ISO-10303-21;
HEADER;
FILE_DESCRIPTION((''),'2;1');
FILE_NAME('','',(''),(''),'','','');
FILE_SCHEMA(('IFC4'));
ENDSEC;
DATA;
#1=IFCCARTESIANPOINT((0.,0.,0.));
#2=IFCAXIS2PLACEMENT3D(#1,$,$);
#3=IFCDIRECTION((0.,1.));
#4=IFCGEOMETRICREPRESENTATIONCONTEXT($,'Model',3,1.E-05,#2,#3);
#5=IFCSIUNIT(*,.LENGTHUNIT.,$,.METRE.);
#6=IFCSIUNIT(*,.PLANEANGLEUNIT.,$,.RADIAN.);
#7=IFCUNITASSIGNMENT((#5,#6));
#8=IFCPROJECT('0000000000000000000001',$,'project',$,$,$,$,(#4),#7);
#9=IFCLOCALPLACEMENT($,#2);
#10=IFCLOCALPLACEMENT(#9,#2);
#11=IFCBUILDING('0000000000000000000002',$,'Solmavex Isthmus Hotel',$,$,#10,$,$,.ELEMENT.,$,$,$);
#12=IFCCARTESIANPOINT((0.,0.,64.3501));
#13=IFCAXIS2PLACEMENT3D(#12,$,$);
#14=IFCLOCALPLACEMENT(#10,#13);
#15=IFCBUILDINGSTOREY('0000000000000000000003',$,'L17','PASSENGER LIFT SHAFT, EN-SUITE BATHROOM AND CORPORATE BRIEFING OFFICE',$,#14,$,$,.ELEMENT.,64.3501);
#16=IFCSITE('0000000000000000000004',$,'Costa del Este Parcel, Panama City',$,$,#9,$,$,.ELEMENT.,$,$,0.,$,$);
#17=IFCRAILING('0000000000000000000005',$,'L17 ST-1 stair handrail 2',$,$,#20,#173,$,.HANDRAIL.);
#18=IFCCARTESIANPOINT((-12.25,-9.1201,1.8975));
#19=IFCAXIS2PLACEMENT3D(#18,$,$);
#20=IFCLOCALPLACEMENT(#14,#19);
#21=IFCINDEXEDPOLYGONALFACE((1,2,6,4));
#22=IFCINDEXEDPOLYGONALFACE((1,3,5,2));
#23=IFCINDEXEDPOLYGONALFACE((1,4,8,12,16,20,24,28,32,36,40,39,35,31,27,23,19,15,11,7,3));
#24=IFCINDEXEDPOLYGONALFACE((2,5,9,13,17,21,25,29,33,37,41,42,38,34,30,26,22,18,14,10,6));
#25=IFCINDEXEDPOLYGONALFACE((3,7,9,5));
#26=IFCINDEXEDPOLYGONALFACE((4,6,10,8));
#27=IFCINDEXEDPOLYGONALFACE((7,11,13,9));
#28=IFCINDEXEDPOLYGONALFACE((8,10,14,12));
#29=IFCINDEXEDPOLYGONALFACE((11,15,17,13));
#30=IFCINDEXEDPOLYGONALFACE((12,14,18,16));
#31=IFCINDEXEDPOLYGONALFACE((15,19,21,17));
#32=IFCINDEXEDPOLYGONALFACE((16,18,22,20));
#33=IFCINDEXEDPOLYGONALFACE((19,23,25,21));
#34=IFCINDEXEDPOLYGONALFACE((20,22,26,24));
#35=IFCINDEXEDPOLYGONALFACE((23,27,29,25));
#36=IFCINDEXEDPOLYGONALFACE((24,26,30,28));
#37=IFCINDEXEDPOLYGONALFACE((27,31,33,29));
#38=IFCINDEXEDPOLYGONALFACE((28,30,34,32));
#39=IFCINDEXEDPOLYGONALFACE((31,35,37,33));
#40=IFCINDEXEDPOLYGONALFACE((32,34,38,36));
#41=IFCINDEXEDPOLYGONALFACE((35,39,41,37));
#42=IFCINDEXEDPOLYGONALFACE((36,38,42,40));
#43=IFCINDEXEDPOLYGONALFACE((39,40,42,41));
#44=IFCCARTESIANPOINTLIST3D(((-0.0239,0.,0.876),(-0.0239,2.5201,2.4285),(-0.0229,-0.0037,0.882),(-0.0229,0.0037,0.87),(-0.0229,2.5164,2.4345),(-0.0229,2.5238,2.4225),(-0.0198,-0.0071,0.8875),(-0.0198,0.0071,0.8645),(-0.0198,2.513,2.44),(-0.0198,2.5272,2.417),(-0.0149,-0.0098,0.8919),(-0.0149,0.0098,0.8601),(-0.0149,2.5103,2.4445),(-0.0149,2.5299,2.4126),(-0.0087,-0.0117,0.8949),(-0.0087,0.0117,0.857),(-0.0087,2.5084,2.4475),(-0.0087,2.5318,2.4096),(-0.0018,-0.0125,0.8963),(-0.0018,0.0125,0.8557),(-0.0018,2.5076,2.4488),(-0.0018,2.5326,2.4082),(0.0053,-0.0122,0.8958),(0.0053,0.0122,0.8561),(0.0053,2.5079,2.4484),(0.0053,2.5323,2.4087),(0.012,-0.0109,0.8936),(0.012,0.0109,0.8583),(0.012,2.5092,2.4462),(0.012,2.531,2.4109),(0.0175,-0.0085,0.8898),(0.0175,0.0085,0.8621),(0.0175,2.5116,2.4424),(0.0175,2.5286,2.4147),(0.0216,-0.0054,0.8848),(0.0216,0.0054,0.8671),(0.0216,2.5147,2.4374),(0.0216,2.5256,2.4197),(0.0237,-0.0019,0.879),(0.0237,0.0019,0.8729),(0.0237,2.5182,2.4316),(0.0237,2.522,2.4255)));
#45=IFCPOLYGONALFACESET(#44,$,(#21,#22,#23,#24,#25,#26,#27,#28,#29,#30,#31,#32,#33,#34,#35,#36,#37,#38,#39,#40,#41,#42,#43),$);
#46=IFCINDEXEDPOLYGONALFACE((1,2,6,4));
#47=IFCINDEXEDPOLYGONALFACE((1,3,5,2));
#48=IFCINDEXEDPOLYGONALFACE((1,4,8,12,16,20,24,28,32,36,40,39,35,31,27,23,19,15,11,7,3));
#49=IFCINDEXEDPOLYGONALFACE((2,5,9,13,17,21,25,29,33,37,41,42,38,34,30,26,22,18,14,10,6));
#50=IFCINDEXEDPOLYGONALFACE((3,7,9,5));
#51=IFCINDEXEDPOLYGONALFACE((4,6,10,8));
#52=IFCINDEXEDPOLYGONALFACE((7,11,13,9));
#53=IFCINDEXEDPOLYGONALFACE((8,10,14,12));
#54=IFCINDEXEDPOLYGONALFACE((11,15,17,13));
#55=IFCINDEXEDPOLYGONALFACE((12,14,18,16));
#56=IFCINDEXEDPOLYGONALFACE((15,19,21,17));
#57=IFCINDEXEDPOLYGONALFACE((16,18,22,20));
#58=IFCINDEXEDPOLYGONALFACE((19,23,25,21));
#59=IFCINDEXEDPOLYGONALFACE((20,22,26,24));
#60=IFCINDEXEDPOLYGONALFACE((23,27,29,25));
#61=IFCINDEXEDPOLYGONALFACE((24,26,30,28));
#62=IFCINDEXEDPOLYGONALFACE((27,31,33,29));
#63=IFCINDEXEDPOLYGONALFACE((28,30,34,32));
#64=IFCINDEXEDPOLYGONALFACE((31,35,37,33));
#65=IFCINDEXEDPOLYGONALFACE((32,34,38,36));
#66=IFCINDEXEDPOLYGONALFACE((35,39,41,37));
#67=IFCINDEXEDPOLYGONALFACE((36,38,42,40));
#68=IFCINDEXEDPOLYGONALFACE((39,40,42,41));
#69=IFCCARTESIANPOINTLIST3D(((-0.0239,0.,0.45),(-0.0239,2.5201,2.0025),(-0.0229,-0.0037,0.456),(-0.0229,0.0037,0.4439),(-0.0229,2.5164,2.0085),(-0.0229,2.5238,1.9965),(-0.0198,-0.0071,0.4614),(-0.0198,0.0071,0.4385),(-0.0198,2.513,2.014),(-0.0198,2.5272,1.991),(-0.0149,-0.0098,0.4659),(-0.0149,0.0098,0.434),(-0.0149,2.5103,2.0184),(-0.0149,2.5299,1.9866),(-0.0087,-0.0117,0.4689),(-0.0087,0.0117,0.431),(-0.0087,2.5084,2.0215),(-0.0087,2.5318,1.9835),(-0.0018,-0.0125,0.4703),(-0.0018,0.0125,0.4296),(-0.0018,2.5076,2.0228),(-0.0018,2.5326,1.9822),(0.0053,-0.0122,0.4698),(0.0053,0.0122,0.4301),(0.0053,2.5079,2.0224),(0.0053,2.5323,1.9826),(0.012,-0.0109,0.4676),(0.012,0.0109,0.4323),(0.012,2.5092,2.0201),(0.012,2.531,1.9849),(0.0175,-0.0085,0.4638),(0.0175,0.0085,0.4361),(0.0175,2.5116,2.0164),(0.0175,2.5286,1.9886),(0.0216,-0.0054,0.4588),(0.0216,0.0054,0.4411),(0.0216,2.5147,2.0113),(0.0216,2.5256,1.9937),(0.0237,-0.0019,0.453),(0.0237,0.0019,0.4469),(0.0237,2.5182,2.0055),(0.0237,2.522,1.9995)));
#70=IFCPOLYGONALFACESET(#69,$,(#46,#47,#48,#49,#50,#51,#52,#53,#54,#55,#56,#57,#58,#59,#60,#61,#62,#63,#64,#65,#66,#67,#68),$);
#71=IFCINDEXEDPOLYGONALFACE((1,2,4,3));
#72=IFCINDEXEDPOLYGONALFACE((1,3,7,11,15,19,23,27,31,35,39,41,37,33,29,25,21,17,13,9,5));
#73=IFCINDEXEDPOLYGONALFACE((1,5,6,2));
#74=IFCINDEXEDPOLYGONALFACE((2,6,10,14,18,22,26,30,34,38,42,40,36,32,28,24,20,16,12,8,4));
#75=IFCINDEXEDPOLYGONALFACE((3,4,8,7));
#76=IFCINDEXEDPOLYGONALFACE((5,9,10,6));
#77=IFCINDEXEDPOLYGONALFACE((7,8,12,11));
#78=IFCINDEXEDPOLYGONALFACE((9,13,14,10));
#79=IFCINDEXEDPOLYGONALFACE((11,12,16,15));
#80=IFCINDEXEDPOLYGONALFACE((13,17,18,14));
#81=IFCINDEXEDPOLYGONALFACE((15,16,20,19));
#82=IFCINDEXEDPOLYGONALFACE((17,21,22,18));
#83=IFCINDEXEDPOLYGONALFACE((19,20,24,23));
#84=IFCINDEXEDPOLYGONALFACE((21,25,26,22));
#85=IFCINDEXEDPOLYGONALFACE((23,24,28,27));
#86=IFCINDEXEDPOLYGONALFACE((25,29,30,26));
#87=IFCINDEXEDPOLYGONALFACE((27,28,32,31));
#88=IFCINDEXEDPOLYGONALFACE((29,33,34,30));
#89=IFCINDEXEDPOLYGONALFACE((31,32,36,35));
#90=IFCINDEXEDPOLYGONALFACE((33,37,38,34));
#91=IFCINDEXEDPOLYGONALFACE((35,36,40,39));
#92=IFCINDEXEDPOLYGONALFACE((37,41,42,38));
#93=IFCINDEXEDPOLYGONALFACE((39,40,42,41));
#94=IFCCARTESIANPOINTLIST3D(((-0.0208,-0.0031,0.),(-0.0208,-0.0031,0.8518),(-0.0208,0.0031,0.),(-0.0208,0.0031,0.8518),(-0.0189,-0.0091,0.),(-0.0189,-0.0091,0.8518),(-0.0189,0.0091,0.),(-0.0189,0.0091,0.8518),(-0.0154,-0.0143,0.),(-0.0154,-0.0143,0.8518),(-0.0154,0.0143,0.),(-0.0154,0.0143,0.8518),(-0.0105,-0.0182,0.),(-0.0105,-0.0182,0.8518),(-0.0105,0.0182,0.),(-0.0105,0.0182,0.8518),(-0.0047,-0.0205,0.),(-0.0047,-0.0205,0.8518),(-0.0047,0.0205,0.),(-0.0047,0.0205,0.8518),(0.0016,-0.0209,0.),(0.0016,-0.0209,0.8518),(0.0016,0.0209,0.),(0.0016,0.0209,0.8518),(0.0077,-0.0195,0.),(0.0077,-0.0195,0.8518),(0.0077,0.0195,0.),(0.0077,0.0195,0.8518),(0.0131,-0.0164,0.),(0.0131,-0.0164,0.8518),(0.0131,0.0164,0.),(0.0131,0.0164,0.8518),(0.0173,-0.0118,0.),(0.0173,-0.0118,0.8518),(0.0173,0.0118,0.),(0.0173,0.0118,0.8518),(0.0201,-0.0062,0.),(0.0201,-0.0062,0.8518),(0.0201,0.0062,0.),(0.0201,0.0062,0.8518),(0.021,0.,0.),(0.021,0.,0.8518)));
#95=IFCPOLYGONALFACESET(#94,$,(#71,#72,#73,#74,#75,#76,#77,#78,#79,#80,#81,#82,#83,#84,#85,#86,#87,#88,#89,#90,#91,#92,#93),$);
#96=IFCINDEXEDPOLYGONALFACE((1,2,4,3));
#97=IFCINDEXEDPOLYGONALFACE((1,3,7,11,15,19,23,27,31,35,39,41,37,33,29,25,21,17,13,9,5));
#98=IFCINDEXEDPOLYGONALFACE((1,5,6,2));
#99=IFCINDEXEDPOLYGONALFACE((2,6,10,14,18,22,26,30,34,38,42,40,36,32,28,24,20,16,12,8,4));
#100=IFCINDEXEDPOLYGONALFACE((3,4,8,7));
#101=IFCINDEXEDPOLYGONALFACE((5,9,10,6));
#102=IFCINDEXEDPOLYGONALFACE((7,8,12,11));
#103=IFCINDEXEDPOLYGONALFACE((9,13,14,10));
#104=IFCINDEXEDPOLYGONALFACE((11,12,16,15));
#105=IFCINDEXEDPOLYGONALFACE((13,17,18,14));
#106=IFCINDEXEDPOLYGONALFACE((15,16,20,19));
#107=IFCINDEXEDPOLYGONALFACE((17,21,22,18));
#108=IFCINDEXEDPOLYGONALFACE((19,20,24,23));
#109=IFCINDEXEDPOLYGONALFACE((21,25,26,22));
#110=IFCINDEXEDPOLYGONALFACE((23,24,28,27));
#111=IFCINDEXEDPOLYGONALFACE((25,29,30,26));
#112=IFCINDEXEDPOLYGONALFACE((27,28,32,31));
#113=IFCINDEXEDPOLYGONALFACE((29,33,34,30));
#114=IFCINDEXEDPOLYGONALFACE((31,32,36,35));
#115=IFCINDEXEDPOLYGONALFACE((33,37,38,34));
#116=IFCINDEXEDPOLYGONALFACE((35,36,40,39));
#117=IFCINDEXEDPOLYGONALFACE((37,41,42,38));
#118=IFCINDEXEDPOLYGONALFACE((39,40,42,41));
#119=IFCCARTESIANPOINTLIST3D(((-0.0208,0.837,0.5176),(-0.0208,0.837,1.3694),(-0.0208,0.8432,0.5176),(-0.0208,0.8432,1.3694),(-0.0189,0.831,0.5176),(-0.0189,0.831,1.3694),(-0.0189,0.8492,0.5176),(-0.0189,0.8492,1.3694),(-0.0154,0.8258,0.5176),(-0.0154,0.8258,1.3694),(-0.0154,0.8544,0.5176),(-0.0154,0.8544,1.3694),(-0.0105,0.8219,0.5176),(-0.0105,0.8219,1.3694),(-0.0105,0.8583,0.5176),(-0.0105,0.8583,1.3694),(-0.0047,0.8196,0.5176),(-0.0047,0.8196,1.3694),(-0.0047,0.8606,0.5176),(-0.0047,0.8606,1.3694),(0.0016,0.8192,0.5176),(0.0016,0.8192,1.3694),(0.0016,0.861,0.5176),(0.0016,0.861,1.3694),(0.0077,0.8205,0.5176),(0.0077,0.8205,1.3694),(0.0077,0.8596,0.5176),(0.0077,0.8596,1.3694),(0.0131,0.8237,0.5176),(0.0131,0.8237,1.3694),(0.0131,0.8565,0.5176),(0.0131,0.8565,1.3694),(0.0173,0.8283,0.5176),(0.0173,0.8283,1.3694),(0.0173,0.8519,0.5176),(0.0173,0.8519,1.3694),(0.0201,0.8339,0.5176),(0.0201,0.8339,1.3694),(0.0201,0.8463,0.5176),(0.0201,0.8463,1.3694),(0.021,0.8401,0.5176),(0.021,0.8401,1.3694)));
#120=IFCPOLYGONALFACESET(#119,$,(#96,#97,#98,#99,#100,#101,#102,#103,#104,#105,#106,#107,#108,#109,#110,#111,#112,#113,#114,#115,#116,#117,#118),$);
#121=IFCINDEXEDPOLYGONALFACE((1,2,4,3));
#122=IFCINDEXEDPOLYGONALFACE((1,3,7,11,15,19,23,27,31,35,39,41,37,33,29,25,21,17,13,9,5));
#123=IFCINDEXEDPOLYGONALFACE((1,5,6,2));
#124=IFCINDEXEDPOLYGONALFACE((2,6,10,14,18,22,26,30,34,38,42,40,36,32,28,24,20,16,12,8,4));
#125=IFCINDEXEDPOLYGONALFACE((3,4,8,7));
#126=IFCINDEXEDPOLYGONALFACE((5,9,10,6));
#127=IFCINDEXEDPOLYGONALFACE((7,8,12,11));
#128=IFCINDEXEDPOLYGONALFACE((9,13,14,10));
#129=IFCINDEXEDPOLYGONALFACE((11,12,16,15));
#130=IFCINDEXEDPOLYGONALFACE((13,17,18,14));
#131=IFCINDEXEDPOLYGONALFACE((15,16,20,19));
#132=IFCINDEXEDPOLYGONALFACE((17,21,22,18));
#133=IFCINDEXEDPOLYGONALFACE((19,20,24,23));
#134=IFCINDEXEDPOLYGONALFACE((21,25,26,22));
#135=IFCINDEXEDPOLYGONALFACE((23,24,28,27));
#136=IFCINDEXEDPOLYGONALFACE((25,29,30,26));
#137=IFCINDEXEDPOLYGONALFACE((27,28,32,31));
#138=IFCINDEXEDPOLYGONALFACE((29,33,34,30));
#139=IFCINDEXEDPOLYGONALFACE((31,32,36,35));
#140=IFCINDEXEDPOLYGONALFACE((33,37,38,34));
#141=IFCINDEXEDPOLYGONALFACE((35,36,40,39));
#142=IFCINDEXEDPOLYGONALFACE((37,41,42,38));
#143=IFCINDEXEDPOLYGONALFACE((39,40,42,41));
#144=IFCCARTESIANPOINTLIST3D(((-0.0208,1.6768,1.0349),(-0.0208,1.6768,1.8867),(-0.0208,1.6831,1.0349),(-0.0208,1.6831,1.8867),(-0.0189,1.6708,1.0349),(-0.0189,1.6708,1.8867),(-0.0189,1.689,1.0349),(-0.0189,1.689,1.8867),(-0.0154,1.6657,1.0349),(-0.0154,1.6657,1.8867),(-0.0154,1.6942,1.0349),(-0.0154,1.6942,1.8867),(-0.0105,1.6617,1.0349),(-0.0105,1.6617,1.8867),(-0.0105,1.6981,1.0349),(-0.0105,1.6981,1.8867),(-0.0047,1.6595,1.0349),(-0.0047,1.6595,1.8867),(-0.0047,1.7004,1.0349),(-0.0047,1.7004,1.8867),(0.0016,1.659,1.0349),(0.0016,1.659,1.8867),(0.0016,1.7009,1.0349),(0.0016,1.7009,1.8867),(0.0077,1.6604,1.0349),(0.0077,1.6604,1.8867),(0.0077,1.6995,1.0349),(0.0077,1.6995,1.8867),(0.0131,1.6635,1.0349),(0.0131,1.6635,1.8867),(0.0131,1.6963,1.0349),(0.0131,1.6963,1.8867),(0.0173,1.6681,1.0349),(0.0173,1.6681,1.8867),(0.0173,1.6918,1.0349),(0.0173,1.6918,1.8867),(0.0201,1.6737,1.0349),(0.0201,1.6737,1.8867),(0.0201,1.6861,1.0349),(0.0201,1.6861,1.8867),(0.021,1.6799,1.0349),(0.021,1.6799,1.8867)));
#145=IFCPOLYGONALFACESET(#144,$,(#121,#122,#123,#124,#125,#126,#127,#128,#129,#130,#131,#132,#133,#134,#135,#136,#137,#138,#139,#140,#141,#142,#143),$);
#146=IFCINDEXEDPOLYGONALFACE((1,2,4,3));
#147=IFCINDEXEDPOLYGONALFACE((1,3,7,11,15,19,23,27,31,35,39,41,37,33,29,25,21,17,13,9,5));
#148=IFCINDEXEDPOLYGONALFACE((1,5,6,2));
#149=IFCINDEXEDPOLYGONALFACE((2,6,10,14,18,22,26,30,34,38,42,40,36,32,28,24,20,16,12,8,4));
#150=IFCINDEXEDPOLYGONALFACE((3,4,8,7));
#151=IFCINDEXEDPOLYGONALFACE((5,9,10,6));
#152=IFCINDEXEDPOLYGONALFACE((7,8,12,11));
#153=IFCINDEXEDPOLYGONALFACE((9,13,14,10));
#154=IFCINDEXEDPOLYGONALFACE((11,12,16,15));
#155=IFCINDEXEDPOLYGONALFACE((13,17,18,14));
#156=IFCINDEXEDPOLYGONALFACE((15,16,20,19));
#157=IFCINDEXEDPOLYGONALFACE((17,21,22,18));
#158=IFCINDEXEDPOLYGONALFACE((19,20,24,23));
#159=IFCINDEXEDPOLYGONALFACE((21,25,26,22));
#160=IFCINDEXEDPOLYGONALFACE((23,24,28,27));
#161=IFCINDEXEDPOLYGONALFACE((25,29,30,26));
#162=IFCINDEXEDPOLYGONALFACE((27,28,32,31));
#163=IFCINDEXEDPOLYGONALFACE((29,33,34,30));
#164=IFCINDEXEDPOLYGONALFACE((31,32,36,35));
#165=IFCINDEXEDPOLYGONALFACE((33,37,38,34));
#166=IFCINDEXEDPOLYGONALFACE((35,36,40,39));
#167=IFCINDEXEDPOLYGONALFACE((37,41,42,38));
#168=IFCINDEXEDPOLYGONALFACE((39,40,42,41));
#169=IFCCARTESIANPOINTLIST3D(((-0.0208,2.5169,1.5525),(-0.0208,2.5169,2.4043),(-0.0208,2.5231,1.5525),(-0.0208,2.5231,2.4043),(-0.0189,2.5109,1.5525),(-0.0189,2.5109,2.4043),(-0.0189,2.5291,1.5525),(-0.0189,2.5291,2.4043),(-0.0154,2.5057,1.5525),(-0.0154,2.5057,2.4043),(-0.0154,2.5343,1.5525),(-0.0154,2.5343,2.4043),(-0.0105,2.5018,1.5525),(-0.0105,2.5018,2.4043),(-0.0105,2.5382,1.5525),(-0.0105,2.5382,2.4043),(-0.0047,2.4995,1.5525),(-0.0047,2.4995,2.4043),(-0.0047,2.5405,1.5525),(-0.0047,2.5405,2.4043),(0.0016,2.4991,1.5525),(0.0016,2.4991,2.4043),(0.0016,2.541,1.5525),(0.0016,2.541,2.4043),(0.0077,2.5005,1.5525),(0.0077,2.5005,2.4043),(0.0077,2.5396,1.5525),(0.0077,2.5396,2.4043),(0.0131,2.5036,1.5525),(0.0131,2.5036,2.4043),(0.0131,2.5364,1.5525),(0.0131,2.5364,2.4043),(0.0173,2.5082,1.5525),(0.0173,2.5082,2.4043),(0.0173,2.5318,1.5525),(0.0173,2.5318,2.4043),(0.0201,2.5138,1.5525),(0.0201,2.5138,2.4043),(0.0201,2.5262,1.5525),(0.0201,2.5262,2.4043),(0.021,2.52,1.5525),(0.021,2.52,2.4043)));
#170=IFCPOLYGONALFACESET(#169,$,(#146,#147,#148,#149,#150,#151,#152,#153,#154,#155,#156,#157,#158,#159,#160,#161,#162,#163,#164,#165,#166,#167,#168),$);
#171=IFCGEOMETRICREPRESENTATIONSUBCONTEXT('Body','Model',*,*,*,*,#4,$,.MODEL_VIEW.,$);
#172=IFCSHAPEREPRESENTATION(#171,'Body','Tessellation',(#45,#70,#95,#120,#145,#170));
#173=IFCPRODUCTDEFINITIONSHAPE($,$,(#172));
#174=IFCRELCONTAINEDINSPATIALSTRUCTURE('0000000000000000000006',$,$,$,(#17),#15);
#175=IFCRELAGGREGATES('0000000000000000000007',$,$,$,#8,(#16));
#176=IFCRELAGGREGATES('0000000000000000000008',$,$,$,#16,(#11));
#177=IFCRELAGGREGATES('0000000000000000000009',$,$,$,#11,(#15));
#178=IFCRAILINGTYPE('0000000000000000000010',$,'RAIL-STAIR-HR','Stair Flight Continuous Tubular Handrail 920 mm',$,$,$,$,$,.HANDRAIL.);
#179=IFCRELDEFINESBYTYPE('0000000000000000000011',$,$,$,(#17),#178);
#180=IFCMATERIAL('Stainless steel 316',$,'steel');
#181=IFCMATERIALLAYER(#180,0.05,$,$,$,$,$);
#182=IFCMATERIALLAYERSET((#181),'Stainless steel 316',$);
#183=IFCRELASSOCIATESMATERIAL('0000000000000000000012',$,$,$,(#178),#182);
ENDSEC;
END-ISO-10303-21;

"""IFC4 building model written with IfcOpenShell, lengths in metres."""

from ifc_helpers import new_model, si_unit, direction, frame, origin, origin_2d, place, context, subcontext, project, spatial, circle, extrude, material, layer, layer_set, type_object, element, save


model = new_model("IFC4")

# Units and contexts
model_context = context("Model", 3, precision=1e-05, world=origin(), true_north=direction((0.0, 1.0)))
body_context = subcontext(model_context, "Body", "Model", "MODEL_VIEW")
ifc_project = project(units=[si_unit("LENGTHUNIT", "METRE"), si_unit("PLANEANGLEUNIT", "RADIAN")], contexts=[model_context])

# Site, building, storey
site_placement = place(None, origin())
site = spatial("IfcSite", under=ifc_project, at=site_placement, Name="Costa del Este Parcel, Panama City", CompositionType="ELEMENT", RefElevation=0.0)
building_placement = place(site_placement, origin())
building = spatial("IfcBuilding", under=site, at=building_placement, Name="Solmavex Isthmus Hotel", CompositionType="ELEMENT")
storey_placement = place(building_placement, frame((0.0, 0.0, 64.3501)))
storey = spatial("IfcBuildingStorey", under=building, at=storey_placement, Name="L17", Description="PASSENGER LIFT SHAFT, EN-SUITE BATHROOM AND CORPORATE BRIEFING OFFICE", CompositionType="ELEMENT", Elevation=64.3501)

# Shared definitions
ifc_material_1 = material(Name="Stainless steel 316", Category="steel")

# Railing
ifc_layer_1 = layer(ifc_material_1, 0.05)
ifc_layer_set_1 = layer_set([ifc_layer_1], Name="Stainless steel 316")
railing_type_1 = type_object("IfcRailingType", Name="RAIL-STAIR-HR", Description="Stair Flight Continuous Tubular Handrail 920 mm", PredefinedType="HANDRAIL", material=ifc_layer_set_1)
railing_1_placement = place(storey_placement, frame((-12.25, -9.1201, 1.8975)))
element("IfcRailing", 1, at=railing_1_placement, inside=storey, type_object=railing_type_1, Name="L17 ST-1 stair handrail 2", PredefinedType="HANDRAIL", context=body_context, shape_type="SweptSolid", body=[
    extrude(circle(Radius=0.0239, at=origin_2d()), frame((0.0, 0.0, 0.876), z_axis=(0.0, 0.8514, 0.524516), x_axis=(-1.0, 0.0, 0.0)), (0.0, 0.0, 1.0), 2.96),
    extrude(circle(Radius=0.0239, at=origin_2d()), frame((0.0, 0.0, 0.45), z_axis=(0.0, 0.8514, 0.524516), x_axis=(-1.0, 0.0, 0.0)), (0.0, 0.0, 1.0), 2.96),
    extrude(circle(Radius=0.021, at=origin_2d()), origin(), (0.0, 0.0, 1.0), 0.8518),
    extrude(circle(Radius=0.021, at=origin_2d()), frame((0.0, 0.8401, 0.5176)), (0.0, 0.0, 1.0), 0.8518),
    extrude(circle(Radius=0.021, at=origin_2d()), frame((0.0, 1.6799, 1.0349)), (0.0, 0.0, 1.0), 0.8518),
    extrude(circle(Radius=0.021, at=origin_2d()), frame((0.0, 2.52, 1.5525)), (0.0, 0.0, 1.0), 0.8518),
])

save(model, "model.ifc")
